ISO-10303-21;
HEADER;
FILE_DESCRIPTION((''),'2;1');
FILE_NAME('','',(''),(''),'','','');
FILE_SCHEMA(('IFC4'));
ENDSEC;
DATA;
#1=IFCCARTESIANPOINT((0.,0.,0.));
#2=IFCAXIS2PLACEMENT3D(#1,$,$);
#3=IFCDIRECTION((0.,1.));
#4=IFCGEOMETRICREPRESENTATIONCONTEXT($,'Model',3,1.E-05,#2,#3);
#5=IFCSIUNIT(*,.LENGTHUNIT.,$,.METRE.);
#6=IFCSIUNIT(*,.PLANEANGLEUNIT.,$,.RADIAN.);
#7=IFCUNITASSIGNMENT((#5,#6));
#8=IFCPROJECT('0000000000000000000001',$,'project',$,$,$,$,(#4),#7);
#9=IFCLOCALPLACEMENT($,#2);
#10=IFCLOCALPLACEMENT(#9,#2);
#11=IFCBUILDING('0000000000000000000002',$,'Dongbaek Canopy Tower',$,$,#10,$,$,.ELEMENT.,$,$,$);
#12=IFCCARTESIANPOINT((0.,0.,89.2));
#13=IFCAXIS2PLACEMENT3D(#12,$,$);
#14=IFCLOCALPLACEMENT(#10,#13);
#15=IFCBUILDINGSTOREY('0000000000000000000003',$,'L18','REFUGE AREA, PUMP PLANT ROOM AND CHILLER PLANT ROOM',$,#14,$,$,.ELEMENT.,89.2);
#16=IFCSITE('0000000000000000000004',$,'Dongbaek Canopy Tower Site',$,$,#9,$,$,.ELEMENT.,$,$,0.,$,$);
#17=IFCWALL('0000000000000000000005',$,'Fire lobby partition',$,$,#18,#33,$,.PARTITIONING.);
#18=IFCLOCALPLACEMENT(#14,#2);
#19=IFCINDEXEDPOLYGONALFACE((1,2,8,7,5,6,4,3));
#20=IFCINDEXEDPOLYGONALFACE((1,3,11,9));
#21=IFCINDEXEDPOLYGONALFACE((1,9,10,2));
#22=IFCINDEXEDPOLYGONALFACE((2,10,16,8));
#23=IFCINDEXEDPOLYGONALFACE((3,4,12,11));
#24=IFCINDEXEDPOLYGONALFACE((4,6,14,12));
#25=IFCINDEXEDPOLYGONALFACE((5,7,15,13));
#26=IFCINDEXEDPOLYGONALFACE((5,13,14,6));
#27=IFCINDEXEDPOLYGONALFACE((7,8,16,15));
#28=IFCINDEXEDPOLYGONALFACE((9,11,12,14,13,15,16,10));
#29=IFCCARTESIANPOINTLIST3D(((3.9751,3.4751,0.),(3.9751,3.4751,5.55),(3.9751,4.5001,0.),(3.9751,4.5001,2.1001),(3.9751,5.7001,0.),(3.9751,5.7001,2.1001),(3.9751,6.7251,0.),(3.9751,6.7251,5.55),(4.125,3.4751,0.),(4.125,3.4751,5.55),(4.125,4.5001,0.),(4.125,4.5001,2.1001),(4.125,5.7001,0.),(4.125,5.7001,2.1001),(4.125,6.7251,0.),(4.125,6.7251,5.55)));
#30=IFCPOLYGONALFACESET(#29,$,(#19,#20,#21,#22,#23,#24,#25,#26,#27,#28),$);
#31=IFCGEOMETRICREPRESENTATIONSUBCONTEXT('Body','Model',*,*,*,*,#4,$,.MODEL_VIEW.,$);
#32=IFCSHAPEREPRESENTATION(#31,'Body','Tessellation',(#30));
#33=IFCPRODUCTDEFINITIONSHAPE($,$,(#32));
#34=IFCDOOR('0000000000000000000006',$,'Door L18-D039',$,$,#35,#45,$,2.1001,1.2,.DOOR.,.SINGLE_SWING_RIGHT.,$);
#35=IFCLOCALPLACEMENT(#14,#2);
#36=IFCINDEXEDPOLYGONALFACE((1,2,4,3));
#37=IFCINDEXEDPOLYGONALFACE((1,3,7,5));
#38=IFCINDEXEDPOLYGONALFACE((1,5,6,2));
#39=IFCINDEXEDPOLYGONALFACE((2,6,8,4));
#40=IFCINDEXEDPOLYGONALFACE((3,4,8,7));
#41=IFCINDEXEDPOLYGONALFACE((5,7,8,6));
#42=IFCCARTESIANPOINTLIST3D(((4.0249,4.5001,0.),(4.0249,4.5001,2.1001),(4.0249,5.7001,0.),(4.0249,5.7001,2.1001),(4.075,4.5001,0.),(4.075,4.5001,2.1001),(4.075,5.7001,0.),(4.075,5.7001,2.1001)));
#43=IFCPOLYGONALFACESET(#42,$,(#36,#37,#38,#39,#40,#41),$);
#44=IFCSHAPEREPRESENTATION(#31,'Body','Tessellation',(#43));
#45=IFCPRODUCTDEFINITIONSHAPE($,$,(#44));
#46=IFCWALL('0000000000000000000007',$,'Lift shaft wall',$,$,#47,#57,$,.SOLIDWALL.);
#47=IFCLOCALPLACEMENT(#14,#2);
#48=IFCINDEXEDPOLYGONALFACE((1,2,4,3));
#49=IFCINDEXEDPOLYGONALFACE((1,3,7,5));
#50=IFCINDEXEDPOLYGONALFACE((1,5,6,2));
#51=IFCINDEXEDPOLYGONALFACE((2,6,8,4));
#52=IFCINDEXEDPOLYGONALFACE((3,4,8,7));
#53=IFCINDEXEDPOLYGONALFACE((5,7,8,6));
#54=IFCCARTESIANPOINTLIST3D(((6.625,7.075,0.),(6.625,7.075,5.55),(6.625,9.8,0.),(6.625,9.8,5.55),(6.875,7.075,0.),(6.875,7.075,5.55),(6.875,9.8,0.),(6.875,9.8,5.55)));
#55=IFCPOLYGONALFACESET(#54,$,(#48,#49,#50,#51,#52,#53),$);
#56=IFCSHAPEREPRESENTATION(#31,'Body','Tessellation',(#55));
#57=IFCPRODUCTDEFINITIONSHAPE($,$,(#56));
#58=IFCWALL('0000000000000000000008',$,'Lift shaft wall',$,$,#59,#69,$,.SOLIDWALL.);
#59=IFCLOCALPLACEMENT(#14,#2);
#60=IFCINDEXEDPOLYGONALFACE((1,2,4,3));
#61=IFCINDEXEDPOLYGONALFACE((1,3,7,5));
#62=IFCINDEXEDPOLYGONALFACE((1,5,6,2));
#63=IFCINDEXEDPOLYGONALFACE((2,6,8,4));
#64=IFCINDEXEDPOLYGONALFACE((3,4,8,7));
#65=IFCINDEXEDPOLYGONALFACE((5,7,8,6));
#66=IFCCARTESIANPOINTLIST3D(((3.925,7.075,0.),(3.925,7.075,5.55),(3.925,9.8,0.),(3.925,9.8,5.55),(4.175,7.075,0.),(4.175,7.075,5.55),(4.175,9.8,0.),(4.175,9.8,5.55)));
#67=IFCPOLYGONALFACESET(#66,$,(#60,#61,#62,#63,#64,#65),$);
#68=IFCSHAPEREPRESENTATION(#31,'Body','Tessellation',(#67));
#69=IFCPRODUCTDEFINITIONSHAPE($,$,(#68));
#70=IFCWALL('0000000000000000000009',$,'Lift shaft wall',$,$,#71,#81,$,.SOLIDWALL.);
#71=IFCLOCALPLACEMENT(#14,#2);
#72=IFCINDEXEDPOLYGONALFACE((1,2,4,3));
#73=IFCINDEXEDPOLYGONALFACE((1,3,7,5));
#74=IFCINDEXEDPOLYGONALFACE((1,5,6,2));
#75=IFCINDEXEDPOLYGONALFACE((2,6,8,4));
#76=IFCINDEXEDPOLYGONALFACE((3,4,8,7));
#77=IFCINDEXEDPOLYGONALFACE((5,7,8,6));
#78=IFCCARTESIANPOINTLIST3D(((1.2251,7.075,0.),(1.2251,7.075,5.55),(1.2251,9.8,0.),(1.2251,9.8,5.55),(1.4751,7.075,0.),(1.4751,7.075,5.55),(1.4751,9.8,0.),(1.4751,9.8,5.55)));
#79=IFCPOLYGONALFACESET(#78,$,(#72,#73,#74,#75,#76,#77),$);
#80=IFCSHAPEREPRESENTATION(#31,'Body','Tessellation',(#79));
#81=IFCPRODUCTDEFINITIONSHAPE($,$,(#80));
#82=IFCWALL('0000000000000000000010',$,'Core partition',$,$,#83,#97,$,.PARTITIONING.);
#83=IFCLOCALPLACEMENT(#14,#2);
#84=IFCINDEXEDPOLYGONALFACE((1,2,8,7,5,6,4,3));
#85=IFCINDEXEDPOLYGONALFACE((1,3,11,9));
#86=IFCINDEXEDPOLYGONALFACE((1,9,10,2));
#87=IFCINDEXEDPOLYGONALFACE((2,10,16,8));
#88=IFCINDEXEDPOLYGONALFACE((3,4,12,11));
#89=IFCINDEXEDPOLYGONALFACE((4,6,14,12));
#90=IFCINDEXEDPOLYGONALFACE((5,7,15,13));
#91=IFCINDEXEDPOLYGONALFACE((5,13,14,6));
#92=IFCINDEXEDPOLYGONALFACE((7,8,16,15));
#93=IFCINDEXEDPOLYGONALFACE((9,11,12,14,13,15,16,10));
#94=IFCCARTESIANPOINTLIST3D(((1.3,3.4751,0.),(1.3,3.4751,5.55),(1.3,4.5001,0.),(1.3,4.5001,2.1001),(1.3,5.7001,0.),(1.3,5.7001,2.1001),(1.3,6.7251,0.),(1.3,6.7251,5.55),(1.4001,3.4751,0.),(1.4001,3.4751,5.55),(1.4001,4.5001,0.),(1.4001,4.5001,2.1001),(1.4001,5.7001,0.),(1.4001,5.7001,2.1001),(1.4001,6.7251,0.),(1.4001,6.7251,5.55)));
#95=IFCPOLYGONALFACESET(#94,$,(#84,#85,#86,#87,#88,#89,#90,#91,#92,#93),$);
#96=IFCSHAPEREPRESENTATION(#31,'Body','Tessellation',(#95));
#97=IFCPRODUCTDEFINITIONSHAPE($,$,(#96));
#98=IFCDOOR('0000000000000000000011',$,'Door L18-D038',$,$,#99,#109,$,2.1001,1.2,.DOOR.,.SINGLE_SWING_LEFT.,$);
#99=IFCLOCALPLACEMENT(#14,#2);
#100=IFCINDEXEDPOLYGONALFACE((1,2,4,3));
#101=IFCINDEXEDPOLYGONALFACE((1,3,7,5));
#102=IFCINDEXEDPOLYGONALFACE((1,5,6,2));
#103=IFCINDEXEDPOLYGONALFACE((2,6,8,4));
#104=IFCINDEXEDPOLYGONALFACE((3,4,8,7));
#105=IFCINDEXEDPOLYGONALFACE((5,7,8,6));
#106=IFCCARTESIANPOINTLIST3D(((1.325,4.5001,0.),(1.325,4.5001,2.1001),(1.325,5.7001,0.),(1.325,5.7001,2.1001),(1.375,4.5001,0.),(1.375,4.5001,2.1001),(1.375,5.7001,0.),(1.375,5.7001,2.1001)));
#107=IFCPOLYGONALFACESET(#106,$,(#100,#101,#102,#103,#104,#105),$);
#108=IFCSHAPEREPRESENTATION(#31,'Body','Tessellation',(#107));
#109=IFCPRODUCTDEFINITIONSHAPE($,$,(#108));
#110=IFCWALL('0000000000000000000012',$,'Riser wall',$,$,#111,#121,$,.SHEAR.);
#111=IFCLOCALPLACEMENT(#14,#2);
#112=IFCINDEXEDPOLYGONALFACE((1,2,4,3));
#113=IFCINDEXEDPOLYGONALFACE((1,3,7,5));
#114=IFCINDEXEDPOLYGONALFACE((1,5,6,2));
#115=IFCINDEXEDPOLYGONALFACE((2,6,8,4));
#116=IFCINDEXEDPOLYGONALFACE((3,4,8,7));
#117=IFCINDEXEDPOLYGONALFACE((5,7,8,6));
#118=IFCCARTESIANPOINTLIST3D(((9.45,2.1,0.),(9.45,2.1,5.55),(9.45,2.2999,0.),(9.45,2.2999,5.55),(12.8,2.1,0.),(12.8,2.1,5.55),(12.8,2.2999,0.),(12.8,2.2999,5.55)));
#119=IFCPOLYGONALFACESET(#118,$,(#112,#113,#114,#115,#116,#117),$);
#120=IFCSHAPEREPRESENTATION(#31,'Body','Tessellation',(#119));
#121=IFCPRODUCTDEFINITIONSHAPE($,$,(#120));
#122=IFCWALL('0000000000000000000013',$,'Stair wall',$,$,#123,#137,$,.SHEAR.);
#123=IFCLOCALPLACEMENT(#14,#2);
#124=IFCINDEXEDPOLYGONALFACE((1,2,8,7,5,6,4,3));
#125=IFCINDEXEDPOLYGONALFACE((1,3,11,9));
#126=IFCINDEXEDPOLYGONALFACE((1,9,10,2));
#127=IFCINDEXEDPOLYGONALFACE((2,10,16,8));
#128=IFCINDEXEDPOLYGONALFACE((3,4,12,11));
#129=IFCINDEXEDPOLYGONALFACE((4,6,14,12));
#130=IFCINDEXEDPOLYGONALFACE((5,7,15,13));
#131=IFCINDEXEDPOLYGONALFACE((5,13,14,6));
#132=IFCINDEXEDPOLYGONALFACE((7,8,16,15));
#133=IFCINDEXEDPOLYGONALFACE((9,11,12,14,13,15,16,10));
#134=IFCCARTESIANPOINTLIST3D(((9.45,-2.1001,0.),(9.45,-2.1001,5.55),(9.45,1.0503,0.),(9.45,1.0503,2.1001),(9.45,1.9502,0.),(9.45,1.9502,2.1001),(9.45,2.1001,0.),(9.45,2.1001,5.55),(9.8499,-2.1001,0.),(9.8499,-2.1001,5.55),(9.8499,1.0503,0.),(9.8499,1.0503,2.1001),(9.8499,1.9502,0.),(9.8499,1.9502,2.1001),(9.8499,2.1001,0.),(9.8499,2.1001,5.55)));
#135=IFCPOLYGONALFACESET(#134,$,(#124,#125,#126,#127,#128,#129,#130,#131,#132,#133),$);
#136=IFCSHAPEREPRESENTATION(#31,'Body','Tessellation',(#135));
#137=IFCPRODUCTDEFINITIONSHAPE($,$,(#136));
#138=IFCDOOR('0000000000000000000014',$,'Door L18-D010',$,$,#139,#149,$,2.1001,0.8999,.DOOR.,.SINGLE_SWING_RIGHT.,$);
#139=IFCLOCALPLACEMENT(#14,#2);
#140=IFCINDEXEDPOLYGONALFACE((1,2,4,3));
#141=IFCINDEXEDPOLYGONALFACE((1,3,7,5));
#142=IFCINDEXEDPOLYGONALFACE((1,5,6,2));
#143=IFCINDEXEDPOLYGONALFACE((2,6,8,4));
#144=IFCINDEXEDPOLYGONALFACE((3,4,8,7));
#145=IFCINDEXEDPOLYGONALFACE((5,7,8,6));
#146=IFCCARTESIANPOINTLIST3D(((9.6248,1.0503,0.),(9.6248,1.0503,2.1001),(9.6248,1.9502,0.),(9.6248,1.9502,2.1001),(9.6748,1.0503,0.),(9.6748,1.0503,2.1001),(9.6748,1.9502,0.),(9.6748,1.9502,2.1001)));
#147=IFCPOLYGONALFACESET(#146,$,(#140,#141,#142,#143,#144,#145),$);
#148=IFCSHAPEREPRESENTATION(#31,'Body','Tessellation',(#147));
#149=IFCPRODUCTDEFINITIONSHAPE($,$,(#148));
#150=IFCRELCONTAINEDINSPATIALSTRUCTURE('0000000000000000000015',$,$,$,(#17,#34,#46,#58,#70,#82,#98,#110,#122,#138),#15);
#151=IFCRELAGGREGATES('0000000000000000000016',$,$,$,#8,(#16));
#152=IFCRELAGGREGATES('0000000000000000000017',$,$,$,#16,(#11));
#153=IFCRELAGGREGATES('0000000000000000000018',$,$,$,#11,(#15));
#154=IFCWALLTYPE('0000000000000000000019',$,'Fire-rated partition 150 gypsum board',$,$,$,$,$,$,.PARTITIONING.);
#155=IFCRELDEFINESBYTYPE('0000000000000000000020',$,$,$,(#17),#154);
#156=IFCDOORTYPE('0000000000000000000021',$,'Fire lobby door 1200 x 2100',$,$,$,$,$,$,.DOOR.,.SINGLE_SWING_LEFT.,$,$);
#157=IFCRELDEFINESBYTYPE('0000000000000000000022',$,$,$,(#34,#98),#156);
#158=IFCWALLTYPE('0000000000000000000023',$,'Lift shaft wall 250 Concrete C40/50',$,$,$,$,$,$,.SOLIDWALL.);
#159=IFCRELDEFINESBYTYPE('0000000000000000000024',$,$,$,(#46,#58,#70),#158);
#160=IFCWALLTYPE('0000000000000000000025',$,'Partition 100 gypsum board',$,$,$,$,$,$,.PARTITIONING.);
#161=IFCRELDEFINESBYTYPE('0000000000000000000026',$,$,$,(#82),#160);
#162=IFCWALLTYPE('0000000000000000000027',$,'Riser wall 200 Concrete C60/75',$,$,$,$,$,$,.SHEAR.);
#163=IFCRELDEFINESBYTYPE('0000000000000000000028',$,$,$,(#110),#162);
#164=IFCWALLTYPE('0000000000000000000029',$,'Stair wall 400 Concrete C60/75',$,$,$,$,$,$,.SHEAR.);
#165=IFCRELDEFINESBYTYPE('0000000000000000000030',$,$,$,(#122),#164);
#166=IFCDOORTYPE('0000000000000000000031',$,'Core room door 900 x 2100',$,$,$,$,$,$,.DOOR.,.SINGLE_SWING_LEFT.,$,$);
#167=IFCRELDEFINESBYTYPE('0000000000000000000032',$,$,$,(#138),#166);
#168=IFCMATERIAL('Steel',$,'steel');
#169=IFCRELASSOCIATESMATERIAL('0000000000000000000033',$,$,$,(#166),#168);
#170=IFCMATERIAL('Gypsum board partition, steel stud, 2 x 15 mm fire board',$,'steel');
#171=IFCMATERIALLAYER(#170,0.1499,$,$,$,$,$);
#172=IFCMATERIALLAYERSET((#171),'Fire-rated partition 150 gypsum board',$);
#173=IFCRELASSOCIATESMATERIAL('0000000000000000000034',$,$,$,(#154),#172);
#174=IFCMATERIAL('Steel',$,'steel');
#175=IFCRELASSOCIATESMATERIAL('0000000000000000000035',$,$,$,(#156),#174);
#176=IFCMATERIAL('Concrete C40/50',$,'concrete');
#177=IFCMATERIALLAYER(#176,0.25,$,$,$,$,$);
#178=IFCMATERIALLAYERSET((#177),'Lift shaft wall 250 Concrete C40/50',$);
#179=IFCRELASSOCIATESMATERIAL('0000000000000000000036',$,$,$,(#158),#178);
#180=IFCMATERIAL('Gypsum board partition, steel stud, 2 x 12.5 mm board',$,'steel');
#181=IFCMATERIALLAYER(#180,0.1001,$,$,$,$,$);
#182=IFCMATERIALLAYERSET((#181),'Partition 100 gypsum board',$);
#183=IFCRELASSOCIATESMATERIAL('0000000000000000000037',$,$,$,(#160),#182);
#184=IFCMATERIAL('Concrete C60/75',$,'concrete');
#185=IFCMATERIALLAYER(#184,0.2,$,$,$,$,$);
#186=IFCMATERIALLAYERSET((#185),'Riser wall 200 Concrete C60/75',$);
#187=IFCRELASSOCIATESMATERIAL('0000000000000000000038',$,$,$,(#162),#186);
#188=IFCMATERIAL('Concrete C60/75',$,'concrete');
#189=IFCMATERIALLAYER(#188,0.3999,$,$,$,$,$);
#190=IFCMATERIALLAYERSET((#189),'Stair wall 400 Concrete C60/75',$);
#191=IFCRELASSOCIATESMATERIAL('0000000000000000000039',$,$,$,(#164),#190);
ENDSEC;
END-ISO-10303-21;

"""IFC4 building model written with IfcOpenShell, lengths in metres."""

from ifc_helpers import new_model, si_unit, direction, frame, frame_2d, origin, place, context, subcontext, project, spatial, rectangle, extrude, material, layer, layer_set, type_object, element, fill, save


model = new_model("IFC4")

# Units and contexts
model_context = context("Model", 3, precision=1e-05, world=origin(), true_north=direction((0.0, 1.0)))
body_context = subcontext(model_context, "Body", "Model", "MODEL_VIEW")
ifc_project = project(units=[si_unit("LENGTHUNIT", "METRE"), si_unit("PLANEANGLEUNIT", "RADIAN")], contexts=[model_context])

# Site, building, storey
site_placement = place(None, origin())
site = spatial("IfcSite", under=ifc_project, at=site_placement, Name="Dongbaek Canopy Tower Site", CompositionType="ELEMENT", RefElevation=0.0)
building_placement = place(site_placement, origin())
building = spatial("IfcBuilding", under=site, at=building_placement, Name="Dongbaek Canopy Tower", CompositionType="ELEMENT")
storey_placement = place(building_placement, frame((0.0, 0.0, 89.2)))
storey = spatial("IfcBuildingStorey", under=building, at=storey_placement, Name="L18", Description="REFUGE AREA, PUMP PLANT ROOM AND CHILLER PLANT ROOM", CompositionType="ELEMENT", Elevation=89.2)

# Shared definitions
ifc_material_1 = material(Name="Steel", Category="steel")
door_type_1 = type_object("IfcDoorType", Name="Core room door 900 x 2100", OperationType="SINGLE_SWING_LEFT", PredefinedType="DOOR", material=ifc_material_1)

# Wall, opening, door
ifc_material_2 = material(Name="Gypsum board partition, steel stud, 2 x 15 mm fire board", Category="steel")
ifc_layer_1 = layer(ifc_material_2, 0.1499)
ifc_layer_set_1 = layer_set([ifc_layer_1], Name="Fire-rated partition 150 gypsum board")
wall_type_1 = type_object("IfcWallType", Name="Fire-rated partition 150 gypsum board", PredefinedType="PARTITIONING", material=ifc_layer_set_1)
wall_1_placement = place(storey_placement, frame((4.05, 6.7251, 0.0), z_axis=(0.0, 0.0, 1.0), x_axis=(0.0, -1.0, 0.0)))
wall_1 = element("IfcWall", 1, at=wall_1_placement, inside=storey, type_object=wall_type_1, Name="Fire lobby partition", PredefinedType="PARTITIONING", context=body_context, shape_type="SweptSolid", body=[
    extrude(rectangle(XDim=3.25, YDim=0.1499, at=frame_2d((1.625, 0.0))), origin(), (0.0, 0.0, 1.0), 5.55),
])
opening_1_placement = place(wall_1_placement, frame((1.0249, 0.0, 0.0)))
opening_1 = element("IfcOpeningElement", 2, at=opening_1_placement, cuts=wall_1, PredefinedType="OPENING", context=body_context, shape_type="SweptSolid", body=[
    extrude(rectangle(XDim=1.2, YDim=2.1001, at=frame_2d((0.6001, 1.05))), frame((0.0, 0.085, 0.0), z_axis=(0.0, -1.0, 0.0), x_axis=(1.0, 0.0, 0.0)), (0.0, 0.0, 1.0), 0.1699),
])
ifc_material_3 = material(Name="Steel", Category="steel")
door_type_2 = type_object("IfcDoorType", Name="Fire lobby door 1200 x 2100", OperationType="SINGLE_SWING_LEFT", PredefinedType="DOOR", material=ifc_material_3)
door_1_placement = place(opening_1_placement, origin())
door_1 = element("IfcDoor", 3, at=door_1_placement, inside=storey, type_object=door_type_2, Name="Door L18-D039", OperationType="SINGLE_SWING_RIGHT", OverallHeight=2.1001, OverallWidth=1.2, PredefinedType="DOOR", context=body_context, shape_type="SweptSolid", body=[
    extrude(rectangle(XDim=1.2, YDim=2.1001, at=frame_2d((0.6001, 1.05))), frame((0.0, 0.0249, 0.0), z_axis=(0.0, -1.0, 0.0), x_axis=(1.0, 0.0, 0.0)), (0.0, 0.0, 1.0), 0.05),
])
fill(opening_1, door_1)

# Walls
ifc_material_4 = material(Name="Concrete C40/50", Category="concrete")
ifc_layer_2 = layer(ifc_material_4, 0.25)
ifc_layer_set_2 = layer_set([ifc_layer_2], Name="Lift shaft wall 250 Concrete C40/50")
wall_type_2 = type_object("IfcWallType", Name="Lift shaft wall 250 Concrete C40/50", PredefinedType="SOLIDWALL", material=ifc_layer_set_2)
for number, where, z_axis, x_axis, name in (
    (4, (6.75, 7.075, 0.0), (0.0, 0.0, 1.0), (0.0, 1.0, 0.0), "Lift shaft wall"),
    (5, (4.05, 7.075, 0.0), (0.0, 0.0, 1.0), (0.0, 1.0, 0.0), "Lift shaft wall"),
    (6, (1.3501, 7.075, 0.0), (0.0, 0.0, 1.0), (0.0, 1.0, 0.0), "Lift shaft wall"),
):
    element("IfcWall", number, at=place(storey_placement, frame(where, z_axis=z_axis, x_axis=x_axis)), inside=storey, type_object=wall_type_2, Name=name, PredefinedType="SOLIDWALL", context=body_context, shape_type="SweptSolid", body=[
        extrude(rectangle(XDim=2.7251, YDim=0.25, at=frame_2d((1.3625, 0.0))), origin(), (0.0, 0.0, 1.0), 5.55),
    ])

# Wall, opening, door
ifc_material_5 = material(Name="Gypsum board partition, steel stud, 2 x 12.5 mm board", Category="steel")
ifc_layer_3 = layer(ifc_material_5, 0.1001)
ifc_layer_set_3 = layer_set([ifc_layer_3], Name="Partition 100 gypsum board")
wall_type_3 = type_object("IfcWallType", Name="Partition 100 gypsum board", PredefinedType="PARTITIONING", material=ifc_layer_set_3)
wall_2_placement = place(storey_placement, frame((1.3501, 6.7251, 0.0), z_axis=(0.0, 0.0, 1.0), x_axis=(0.0, -1.0, 0.0)))
wall_2 = element("IfcWall", 7, at=wall_2_placement, inside=storey, type_object=wall_type_3, Name="Core partition", PredefinedType="PARTITIONING", context=body_context, shape_type="SweptSolid", body=[
    extrude(rectangle(XDim=3.25, YDim=0.1001, at=frame_2d((1.625, 0.0))), origin(), (0.0, 0.0, 1.0), 5.55),
])
opening_2_placement = place(wall_2_placement, frame((1.0249, 0.0, 0.0)))
opening_2 = element("IfcOpeningElement", 8, at=opening_2_placement, cuts=wall_2, PredefinedType="OPENING", context=body_context, shape_type="SweptSolid", body=[
    extrude(rectangle(XDim=1.2, YDim=2.1001, at=frame_2d((0.6001, 1.05))), frame((0.0, 0.0601, 0.0), z_axis=(0.0, -1.0, 0.0), x_axis=(1.0, 0.0, 0.0)), (0.0, 0.0, 1.0), 0.1201),
])
door_2_placement = place(opening_2_placement, origin())
door_2 = element("IfcDoor", 9, at=door_2_placement, inside=storey, type_object=door_type_2, Name="Door L18-D038", OperationType="SINGLE_SWING_LEFT", OverallHeight=2.1001, OverallWidth=1.2, PredefinedType="DOOR", context=body_context, shape_type="SweptSolid", body=[
    extrude(rectangle(XDim=1.2, YDim=2.1001, at=frame_2d((0.6001, 1.05))), frame((0.0, 0.0249, 0.0), z_axis=(0.0, -1.0, 0.0), x_axis=(1.0, 0.0, 0.0)), (0.0, 0.0, 1.0), 0.05),
])
fill(opening_2, door_2)

# Wall
ifc_material_6 = material(Name="Concrete C60/75", Category="concrete")
ifc_layer_4 = layer(ifc_material_6, 0.2)
ifc_layer_set_4 = layer_set([ifc_layer_4], Name="Riser wall 200 Concrete C60/75")
wall_type_4 = type_object("IfcWallType", Name="Riser wall 200 Concrete C60/75", PredefinedType="SHEAR", material=ifc_layer_set_4)
wall_3_placement = place(storey_placement, frame((9.45, 2.2, 0.0), z_axis=(0.0, 0.0, 1.0), x_axis=(1.0, 0.0, 0.0)))
element("IfcWall", 10, at=wall_3_placement, inside=storey, type_object=wall_type_4, Name="Riser wall", PredefinedType="SHEAR", context=body_context, shape_type="SweptSolid", body=[
    extrude(rectangle(XDim=3.3501, YDim=0.2, at=frame_2d((1.675, 0.0))), origin(), (0.0, 0.0, 1.0), 5.55),
])

# Wall, opening, door
ifc_material_7 = material(Name="Concrete C60/75", Category="concrete")
ifc_layer_5 = layer(ifc_material_7, 0.3999)
ifc_layer_set_5 = layer_set([ifc_layer_5], Name="Stair wall 400 Concrete C60/75")
wall_type_5 = type_object("IfcWallType", Name="Stair wall 400 Concrete C60/75", PredefinedType="SHEAR", material=ifc_layer_set_5)
wall_4_placement = place(storey_placement, frame((9.6499, 2.1001, 0.0), z_axis=(0.0, 0.0, 1.0), x_axis=(0.0, -1.0, 0.0)))
wall_4 = element("IfcWall", 11, at=wall_4_placement, inside=storey, type_object=wall_type_5, Name="Stair wall", PredefinedType="SHEAR", context=body_context, shape_type="SweptSolid", body=[
    extrude(rectangle(XDim=4.2002, YDim=0.3999, at=frame_2d((2.1001, 0.0))), origin(), (0.0, 0.0, 1.0), 5.55),
])
opening_3_placement = place(wall_4_placement, frame((0.1499, 0.0, 0.0)))
opening_3 = element("IfcOpeningElement", 12, at=opening_3_placement, cuts=wall_4, PredefinedType="OPENING", context=body_context, shape_type="SweptSolid", body=[
    extrude(rectangle(XDim=0.8999, YDim=2.1001, at=frame_2d((0.45, 1.05))), frame((0.0, 0.21, 0.0), z_axis=(0.0, -1.0, 0.0), x_axis=(1.0, 0.0, 0.0)), (0.0, 0.0, 1.0), 0.4199),
])
door_3_placement = place(opening_3_placement, origin())
door_3 = element("IfcDoor", 13, at=door_3_placement, inside=storey, type_object=door_type_1, Name="Door L18-D010", OperationType="SINGLE_SWING_RIGHT", OverallHeight=2.1001, OverallWidth=0.8999, PredefinedType="DOOR", context=body_context, shape_type="SweptSolid", body=[
    extrude(rectangle(XDim=0.8999, YDim=2.1001, at=frame_2d((0.45, 1.05))), frame((0.0, 0.0249, 0.0), z_axis=(0.0, -1.0, 0.0), x_axis=(1.0, 0.0, 0.0)), (0.0, 0.0, 1.0), 0.05),
])
fill(opening_3, door_3)

save(model, "model.ifc")
